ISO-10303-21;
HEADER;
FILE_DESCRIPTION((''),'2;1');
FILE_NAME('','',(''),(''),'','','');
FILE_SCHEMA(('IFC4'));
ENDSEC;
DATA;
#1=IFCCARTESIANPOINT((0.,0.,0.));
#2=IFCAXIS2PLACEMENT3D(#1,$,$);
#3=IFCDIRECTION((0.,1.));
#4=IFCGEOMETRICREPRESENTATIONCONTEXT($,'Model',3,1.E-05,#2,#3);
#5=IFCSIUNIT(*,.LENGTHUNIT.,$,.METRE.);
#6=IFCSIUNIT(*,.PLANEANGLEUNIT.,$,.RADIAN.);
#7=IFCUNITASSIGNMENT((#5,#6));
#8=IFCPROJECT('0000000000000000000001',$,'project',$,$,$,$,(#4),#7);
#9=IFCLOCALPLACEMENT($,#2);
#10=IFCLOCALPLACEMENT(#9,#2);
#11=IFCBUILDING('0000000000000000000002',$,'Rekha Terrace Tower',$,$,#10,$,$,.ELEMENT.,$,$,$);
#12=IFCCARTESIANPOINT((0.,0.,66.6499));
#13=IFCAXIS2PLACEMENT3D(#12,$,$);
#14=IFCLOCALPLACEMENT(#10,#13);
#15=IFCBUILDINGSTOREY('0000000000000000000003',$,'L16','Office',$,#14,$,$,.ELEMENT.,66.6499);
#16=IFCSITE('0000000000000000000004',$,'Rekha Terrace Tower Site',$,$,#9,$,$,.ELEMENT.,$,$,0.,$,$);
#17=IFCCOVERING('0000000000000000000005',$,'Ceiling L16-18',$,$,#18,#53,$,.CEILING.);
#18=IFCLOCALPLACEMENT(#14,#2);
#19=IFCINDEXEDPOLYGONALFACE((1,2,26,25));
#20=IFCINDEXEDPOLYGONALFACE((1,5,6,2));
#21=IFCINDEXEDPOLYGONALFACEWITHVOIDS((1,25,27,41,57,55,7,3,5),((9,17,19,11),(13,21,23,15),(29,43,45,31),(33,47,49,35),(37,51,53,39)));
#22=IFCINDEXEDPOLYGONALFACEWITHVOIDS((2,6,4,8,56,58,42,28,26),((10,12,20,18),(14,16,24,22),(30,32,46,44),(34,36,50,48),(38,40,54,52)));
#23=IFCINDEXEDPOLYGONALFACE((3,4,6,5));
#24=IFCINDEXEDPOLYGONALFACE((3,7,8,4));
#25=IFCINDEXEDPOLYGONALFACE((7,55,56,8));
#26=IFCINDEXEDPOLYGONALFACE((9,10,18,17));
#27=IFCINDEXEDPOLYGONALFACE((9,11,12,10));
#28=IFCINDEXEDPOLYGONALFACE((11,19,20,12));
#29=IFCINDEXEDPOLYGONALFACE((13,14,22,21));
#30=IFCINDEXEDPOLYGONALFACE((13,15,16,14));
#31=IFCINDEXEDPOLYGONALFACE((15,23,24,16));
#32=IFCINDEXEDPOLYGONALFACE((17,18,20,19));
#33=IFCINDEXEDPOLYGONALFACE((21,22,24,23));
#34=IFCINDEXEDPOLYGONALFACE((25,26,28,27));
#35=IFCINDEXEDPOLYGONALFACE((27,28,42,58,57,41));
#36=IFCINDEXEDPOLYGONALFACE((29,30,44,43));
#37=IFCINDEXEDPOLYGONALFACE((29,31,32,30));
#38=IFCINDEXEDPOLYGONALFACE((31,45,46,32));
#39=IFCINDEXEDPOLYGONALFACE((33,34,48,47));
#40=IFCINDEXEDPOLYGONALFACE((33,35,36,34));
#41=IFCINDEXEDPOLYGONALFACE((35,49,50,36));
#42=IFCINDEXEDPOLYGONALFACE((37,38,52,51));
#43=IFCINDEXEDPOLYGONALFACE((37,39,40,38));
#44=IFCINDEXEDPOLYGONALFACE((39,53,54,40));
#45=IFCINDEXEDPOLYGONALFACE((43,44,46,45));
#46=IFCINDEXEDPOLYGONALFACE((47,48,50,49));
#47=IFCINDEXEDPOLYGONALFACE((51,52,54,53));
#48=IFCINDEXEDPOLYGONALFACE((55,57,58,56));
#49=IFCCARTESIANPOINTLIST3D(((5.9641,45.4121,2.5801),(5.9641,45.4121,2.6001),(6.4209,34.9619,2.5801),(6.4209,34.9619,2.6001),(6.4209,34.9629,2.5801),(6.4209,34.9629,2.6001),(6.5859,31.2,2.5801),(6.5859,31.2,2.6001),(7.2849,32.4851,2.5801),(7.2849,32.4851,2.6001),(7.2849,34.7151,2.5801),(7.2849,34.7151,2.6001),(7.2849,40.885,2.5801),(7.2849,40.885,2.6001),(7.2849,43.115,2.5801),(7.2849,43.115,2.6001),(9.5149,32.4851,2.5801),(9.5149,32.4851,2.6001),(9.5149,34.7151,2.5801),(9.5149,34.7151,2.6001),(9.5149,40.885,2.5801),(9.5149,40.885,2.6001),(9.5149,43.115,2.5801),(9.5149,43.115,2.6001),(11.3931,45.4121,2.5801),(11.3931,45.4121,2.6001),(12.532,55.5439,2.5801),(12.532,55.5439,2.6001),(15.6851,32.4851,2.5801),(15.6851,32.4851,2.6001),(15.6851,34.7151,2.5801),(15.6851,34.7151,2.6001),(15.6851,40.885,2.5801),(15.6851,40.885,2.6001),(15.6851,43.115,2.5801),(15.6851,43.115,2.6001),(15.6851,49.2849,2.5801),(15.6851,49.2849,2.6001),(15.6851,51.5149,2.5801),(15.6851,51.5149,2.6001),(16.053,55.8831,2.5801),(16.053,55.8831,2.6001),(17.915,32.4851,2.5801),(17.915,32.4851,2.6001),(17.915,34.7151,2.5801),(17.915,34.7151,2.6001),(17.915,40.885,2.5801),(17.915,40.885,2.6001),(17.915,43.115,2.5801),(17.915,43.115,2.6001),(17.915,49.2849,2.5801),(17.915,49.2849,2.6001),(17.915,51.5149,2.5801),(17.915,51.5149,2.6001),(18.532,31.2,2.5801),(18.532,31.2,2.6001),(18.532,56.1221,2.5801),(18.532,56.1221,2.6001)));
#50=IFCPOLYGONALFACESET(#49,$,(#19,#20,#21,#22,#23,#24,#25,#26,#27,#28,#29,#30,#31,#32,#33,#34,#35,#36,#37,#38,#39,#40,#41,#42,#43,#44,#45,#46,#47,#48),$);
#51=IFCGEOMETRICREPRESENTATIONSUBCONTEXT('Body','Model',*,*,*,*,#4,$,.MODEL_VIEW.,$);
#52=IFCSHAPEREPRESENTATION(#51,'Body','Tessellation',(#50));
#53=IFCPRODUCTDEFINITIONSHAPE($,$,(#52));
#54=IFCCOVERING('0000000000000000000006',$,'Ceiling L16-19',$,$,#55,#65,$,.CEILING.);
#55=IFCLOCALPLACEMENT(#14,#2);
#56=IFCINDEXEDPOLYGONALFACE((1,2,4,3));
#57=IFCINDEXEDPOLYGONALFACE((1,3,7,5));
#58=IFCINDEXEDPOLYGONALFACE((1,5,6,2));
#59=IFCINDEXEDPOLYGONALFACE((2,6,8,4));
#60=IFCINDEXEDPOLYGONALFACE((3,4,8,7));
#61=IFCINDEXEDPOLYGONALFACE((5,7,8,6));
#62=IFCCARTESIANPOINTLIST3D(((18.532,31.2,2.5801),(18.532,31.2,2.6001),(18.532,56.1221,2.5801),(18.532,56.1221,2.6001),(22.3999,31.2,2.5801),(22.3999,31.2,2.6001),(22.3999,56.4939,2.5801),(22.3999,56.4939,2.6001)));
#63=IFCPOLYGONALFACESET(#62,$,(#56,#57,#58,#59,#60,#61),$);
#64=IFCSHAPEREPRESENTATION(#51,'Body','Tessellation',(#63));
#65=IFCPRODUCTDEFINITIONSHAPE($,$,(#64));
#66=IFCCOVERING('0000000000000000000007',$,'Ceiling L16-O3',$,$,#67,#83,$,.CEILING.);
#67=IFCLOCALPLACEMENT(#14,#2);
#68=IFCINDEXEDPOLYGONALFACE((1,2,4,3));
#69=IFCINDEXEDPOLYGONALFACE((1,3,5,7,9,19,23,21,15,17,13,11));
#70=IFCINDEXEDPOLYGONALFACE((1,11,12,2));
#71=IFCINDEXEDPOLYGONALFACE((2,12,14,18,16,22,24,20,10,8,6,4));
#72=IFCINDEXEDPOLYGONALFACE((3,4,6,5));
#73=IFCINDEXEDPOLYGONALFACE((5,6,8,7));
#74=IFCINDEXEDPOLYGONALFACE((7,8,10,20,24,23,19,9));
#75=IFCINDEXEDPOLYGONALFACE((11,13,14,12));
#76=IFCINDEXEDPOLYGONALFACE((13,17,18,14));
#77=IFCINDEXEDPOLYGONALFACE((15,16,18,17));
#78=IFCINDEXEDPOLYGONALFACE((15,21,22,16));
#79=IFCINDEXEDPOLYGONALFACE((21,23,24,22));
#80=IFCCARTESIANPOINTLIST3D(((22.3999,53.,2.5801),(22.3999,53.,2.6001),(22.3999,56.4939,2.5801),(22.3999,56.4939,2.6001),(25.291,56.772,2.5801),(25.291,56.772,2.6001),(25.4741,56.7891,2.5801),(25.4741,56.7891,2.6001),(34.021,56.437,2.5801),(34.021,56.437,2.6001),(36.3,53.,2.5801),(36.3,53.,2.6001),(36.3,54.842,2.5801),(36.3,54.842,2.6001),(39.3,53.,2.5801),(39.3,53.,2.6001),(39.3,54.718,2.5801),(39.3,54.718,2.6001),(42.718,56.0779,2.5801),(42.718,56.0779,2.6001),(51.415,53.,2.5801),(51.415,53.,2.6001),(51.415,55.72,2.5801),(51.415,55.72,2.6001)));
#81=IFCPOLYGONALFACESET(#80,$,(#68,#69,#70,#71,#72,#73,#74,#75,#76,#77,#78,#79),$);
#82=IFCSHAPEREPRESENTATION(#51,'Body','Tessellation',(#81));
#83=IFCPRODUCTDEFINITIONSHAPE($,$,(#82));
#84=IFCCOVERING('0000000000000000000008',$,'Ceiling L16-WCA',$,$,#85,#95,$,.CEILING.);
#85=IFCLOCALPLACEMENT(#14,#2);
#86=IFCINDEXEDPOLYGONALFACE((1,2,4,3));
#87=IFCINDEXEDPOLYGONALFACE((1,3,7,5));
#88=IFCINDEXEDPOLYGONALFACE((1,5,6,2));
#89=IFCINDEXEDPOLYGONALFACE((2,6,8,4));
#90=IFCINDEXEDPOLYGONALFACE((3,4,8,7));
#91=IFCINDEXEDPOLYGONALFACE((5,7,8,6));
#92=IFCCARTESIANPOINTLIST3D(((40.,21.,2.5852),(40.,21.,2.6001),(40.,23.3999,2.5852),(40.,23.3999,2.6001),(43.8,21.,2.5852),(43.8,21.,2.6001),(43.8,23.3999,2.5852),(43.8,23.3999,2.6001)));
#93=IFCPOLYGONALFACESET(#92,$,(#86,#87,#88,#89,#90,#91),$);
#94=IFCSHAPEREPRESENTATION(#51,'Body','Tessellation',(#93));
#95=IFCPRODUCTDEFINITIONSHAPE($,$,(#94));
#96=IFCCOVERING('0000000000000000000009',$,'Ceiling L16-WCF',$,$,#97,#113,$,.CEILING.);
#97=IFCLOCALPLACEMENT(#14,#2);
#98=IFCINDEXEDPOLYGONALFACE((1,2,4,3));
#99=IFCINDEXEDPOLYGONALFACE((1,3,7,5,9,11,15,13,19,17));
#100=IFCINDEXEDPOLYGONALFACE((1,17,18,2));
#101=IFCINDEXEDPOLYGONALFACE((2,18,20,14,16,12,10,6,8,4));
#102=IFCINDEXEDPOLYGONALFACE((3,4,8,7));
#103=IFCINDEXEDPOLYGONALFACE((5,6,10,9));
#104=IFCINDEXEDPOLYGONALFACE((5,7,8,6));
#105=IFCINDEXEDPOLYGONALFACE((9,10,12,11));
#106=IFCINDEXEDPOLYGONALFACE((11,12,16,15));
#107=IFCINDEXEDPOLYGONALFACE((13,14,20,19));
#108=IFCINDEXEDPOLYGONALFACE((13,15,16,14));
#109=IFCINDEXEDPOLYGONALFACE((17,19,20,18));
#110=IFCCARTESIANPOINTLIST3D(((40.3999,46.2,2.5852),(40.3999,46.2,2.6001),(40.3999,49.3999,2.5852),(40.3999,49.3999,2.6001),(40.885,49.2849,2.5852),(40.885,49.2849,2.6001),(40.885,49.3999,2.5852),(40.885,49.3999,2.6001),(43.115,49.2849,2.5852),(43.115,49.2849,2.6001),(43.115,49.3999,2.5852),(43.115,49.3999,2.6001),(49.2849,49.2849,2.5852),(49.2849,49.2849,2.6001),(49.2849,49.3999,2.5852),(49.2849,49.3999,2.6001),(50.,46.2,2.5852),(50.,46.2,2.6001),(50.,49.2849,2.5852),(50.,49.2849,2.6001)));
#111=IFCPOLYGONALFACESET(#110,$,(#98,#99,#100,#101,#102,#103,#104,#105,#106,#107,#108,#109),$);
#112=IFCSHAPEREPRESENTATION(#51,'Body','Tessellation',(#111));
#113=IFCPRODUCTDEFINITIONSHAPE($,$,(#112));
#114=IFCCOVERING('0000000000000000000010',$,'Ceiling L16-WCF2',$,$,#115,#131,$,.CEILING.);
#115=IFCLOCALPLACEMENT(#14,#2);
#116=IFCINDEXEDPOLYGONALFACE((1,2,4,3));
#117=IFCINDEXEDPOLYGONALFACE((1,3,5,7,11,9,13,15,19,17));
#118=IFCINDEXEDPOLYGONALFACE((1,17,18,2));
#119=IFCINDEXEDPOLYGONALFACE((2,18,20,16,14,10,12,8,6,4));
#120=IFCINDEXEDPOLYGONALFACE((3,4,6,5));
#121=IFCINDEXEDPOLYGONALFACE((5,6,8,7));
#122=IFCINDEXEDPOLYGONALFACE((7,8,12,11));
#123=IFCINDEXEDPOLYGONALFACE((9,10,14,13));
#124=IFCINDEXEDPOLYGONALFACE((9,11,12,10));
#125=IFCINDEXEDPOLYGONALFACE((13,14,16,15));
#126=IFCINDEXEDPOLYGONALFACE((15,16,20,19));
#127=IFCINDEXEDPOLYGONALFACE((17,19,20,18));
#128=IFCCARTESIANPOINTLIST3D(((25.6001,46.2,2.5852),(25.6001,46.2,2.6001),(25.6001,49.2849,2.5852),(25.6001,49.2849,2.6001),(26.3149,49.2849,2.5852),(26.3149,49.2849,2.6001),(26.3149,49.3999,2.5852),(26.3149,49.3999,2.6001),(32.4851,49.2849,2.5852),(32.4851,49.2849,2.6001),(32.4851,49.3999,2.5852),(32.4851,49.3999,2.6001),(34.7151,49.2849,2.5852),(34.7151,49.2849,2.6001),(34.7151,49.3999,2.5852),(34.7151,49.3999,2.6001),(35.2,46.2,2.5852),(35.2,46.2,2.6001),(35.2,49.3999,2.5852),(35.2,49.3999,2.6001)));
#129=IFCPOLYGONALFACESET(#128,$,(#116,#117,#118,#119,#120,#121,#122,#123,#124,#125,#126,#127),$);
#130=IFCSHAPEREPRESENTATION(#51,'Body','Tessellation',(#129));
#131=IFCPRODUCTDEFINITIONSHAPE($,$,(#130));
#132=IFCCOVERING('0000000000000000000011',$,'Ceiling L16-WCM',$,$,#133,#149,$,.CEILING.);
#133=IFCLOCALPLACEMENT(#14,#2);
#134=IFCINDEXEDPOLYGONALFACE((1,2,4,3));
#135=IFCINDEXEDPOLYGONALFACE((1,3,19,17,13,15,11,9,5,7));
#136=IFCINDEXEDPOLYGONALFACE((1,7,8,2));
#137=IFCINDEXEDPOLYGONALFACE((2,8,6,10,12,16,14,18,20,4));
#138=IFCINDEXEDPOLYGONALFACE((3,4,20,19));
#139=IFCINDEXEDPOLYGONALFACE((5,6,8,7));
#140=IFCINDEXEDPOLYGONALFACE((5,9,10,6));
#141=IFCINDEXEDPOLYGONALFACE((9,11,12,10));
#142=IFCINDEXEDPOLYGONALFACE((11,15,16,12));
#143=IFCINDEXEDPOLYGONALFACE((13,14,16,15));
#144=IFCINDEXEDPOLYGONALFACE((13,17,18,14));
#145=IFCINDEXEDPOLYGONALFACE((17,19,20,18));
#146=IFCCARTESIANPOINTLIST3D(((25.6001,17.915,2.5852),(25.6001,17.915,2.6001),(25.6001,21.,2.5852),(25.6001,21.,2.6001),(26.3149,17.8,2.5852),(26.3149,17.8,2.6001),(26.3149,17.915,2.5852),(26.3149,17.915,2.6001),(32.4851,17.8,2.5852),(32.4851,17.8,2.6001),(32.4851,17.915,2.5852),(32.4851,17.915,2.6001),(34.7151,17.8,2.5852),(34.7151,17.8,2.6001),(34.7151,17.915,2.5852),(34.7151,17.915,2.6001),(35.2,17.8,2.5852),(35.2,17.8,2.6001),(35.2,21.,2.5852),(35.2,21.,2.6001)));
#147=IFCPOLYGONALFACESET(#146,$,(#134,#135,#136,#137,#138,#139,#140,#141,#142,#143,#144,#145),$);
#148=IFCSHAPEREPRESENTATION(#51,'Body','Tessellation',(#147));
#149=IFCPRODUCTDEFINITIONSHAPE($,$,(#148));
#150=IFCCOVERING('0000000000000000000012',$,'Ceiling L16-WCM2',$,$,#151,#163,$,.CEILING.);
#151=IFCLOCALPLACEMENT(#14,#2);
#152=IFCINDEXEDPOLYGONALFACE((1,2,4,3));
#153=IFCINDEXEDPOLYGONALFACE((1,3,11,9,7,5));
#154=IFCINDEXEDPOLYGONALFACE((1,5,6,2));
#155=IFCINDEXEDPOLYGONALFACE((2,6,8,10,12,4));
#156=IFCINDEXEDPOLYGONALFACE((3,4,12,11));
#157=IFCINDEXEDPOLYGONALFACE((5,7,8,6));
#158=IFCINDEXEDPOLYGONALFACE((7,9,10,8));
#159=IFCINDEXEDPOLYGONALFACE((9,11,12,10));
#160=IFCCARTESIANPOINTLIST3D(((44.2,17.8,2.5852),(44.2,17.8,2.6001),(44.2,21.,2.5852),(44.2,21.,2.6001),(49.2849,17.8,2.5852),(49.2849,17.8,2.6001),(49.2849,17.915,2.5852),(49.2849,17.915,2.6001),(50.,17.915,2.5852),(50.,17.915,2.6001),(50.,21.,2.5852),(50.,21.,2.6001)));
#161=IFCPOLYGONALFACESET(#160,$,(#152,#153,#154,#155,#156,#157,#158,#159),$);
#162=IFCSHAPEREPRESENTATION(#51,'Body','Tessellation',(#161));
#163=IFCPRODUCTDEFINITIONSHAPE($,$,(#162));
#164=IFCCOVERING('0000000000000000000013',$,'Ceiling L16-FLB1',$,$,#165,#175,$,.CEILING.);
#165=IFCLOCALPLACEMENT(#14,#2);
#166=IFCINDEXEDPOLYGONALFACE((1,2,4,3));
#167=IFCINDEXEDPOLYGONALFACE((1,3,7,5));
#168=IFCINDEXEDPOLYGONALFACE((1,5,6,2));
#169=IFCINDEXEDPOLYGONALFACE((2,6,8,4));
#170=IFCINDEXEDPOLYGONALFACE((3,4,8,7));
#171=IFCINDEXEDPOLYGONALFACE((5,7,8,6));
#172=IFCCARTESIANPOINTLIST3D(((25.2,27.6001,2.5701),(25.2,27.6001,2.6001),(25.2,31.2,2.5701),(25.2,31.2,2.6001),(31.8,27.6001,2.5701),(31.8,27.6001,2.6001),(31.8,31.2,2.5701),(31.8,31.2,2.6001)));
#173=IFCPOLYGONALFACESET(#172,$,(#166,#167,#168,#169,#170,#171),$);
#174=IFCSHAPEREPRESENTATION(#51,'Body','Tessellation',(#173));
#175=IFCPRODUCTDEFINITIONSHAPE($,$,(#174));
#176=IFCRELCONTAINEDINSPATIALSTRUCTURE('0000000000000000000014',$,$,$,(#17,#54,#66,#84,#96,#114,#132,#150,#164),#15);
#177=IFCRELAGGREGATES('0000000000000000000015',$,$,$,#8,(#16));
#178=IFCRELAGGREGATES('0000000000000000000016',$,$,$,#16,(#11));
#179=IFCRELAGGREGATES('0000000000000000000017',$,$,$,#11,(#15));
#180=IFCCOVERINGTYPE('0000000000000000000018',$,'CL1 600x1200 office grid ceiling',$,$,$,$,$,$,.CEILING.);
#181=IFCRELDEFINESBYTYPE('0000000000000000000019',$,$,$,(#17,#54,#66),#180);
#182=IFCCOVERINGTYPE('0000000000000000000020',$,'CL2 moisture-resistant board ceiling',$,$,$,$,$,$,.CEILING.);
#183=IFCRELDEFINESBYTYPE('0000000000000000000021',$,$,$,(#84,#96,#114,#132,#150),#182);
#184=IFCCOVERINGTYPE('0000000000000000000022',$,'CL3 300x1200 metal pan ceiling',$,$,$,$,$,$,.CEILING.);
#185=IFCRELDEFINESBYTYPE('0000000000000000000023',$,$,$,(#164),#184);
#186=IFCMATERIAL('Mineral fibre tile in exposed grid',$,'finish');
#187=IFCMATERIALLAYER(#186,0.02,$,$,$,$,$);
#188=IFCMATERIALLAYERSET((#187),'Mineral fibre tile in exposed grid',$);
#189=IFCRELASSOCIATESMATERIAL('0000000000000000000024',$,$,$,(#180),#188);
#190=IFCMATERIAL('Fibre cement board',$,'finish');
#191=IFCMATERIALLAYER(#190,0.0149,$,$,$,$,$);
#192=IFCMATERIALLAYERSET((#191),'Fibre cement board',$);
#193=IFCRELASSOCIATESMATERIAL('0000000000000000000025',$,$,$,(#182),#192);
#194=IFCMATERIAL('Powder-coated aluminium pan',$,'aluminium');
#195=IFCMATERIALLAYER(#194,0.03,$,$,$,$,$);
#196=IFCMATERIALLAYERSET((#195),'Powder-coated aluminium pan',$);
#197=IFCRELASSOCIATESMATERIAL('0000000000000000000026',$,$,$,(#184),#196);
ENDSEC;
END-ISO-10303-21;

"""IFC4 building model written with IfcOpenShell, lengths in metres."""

from ifc_helpers import new_model, si_unit, direction, frame, origin, place, context, subcontext, project, spatial, polyline, outline, extrude, material, layer, layer_set, type_object, element, save


model = new_model("IFC4")

# Units and contexts
model_context = context("Model", 3, precision=1e-05, world=origin(), true_north=direction((0.0, 1.0)))
body_context = subcontext(model_context, "Body", "Model", "MODEL_VIEW")
ifc_project = project(units=[si_unit("LENGTHUNIT", "METRE"), si_unit("PLANEANGLEUNIT", "RADIAN")], contexts=[model_context])

# Site, building, storey
site_placement = place(None, origin())
site = spatial("IfcSite", under=ifc_project, at=site_placement, Name="Rekha Terrace Tower Site", CompositionType="ELEMENT", RefElevation=0.0)
building_placement = place(site_placement, origin())
building = spatial("IfcBuilding", under=site, at=building_placement, Name="Rekha Terrace Tower", CompositionType="ELEMENT")
storey_placement = place(building_placement, frame((0.0, 0.0, 66.6499)))
storey = spatial("IfcBuildingStorey", under=building, at=storey_placement, Name="L16", Description="Office", CompositionType="ELEMENT", Elevation=66.6499)

# Coverings
ifc_material_1 = material(Name="Mineral fibre tile in exposed grid", Category="finish")
ifc_layer_1 = layer(ifc_material_1, 0.02)
ifc_layer_set_1 = layer_set([ifc_layer_1], Name="Mineral fibre tile in exposed grid")
covering_type_1 = type_object("IfcCoveringType", Name="CL1 600x1200 office grid ceiling", PredefinedType="CEILING", material=ifc_layer_set_1)
covering_1_placement = place(storey_placement, frame((0.0, 0.0, 2.5801)))
element("IfcCovering", 1, at=covering_1_placement, inside=storey, type_object=covering_type_1, Name="Ceiling L16-18", PredefinedType="CEILING", context=body_context, shape_type="SweptSolid", body=[
    extrude(outline(polyline([(11.3931, 45.4121), (5.9641, 45.4121), (6.4209, 34.9629), (6.4209, 34.9619), (6.5859, 31.2), (18.532, 31.2), (18.532, 56.1221), (16.053, 55.8831), (12.532, 55.5439), (11.3931, 45.4121)]), holes=[polyline([(17.915, 32.4851), (15.6851, 32.4851), (15.6851, 34.7151), (17.915, 34.7151), (17.915, 32.4851)]), polyline([(17.915, 40.885), (15.6851, 40.885), (15.6851, 43.115), (17.915, 43.115), (17.915, 40.885)]), polyline([(17.915, 49.2849), (15.6851, 49.2849), (15.6851, 51.5149), (17.915, 51.5149), (17.915, 49.2849)]), polyline([(9.5149, 32.4851), (7.2849, 32.4851), (7.2849, 34.7151), (9.5149, 34.7151), (9.5149, 32.4851)]), polyline([(9.5149, 40.885), (7.2849, 40.885), (7.2849, 43.115), (9.5149, 43.115), (9.5149, 40.885)])]), origin(), (0.0, 0.0, 1.0), 0.02),
])
covering_2_placement = place(storey_placement, frame((0.0, 0.0, 2.5801)))
element("IfcCovering", 2, at=covering_2_placement, inside=storey, type_object=covering_type_1, Name="Ceiling L16-19", PredefinedType="CEILING", context=body_context, shape_type="SweptSolid", body=[
    extrude(outline(polyline([(18.532, 31.2), (22.3999, 31.2), (22.3999, 56.4939), (18.532, 56.1221), (18.532, 31.2)])), origin(), (0.0, 0.0, 1.0), 0.02),
])
covering_3_placement = place(storey_placement, frame((0.0, 0.0, 2.5801)))
element("IfcCovering", 3, at=covering_3_placement, inside=storey, type_object=covering_type_1, Name="Ceiling L16-O3", PredefinedType="CEILING", context=body_context, shape_type="SweptSolid", body=[
    extrude(outline(polyline([(25.4741, 56.7891), (25.291, 56.772), (22.3999, 56.4939), (22.3999, 53.0), (36.3, 53.0), (36.3, 54.842), (39.3, 54.718), (39.3, 53.0), (51.415, 53.0), (51.415, 55.72), (42.718, 56.0779), (34.021, 56.437), (25.4741, 56.7891)])), origin(), (0.0, 0.0, 1.0), 0.02),
])
ifc_material_2 = material(Name="Fibre cement board", Category="finish")
ifc_layer_2 = layer(ifc_material_2, 0.0149)
ifc_layer_set_2 = layer_set([ifc_layer_2], Name="Fibre cement board")
covering_type_2 = type_object("IfcCoveringType", Name="CL2 moisture-resistant board ceiling", PredefinedType="CEILING", material=ifc_layer_set_2)
covering_4_placement = place(storey_placement, frame((0.0, 0.0, 2.5852)))
element("IfcCovering", 4, at=covering_4_placement, inside=storey, type_object=covering_type_2, Name="Ceiling L16-WCA", PredefinedType="CEILING", context=body_context, shape_type="SweptSolid", body=[
    extrude(outline(polyline([(43.8, 23.3999), (40.0, 23.3999), (40.0, 21.0), (43.8, 21.0), (43.8, 23.3999)])), origin(), (0.0, 0.0, 1.0), 0.0149),
])
covering_5_placement = place(storey_placement, frame((0.0, 0.0, 2.5852)))
element("IfcCovering", 5, at=covering_5_placement, inside=storey, type_object=covering_type_2, Name="Ceiling L16-WCF", PredefinedType="CEILING", context=body_context, shape_type="SweptSolid", body=[
    extrude(outline(polyline([(40.885, 49.3999), (40.3999, 49.3999), (40.3999, 46.2), (50.0, 46.2), (50.0, 49.2849), (49.2849, 49.2849), (49.2849, 49.3999), (43.115, 49.3999), (43.115, 49.2849), (40.885, 49.2849), (40.885, 49.3999)])), origin(), (0.0, 0.0, 1.0), 0.0149),
])
covering_6_placement = place(storey_placement, frame((0.0, 0.0, 2.5852)))
element("IfcCovering", 6, at=covering_6_placement, inside=storey, type_object=covering_type_2, Name="Ceiling L16-WCF2", PredefinedType="CEILING", context=body_context, shape_type="SweptSolid", body=[
    extrude(outline(polyline([(26.3149, 49.2849), (25.6001, 49.2849), (25.6001, 46.2), (35.2, 46.2), (35.2, 49.3999), (34.7151, 49.3999), (34.7151, 49.2849), (32.4851, 49.2849), (32.4851, 49.3999), (26.3149, 49.3999), (26.3149, 49.2849)])), origin(), (0.0, 0.0, 1.0), 0.0149),
])
covering_7_placement = place(storey_placement, frame((0.0, 0.0, 2.5852)))
element("IfcCovering", 7, at=covering_7_placement, inside=storey, type_object=covering_type_2, Name="Ceiling L16-WCM", PredefinedType="CEILING", context=body_context, shape_type="SweptSolid", body=[
    extrude(outline(polyline([(35.2, 21.0), (25.6001, 21.0), (25.6001, 17.915), (26.3149, 17.915), (26.3149, 17.8), (32.4851, 17.8), (32.4851, 17.915), (34.7151, 17.915), (34.7151, 17.8), (35.2, 17.8), (35.2, 21.0)])), origin(), (0.0, 0.0, 1.0), 0.0149),
])
covering_8_placement = place(storey_placement, frame((0.0, 0.0, 2.5852)))
element("IfcCovering", 8, at=covering_8_placement, inside=storey, type_object=covering_type_2, Name="Ceiling L16-WCM2", PredefinedType="CEILING", context=body_context, shape_type="SweptSolid", body=[
    extrude(outline(polyline([(50.0, 21.0), (44.2, 21.0), (44.2, 17.8), (49.2849, 17.8), (49.2849, 17.915), (50.0, 17.915), (50.0, 21.0)])), origin(), (0.0, 0.0, 1.0), 0.0149),
])
ifc_material_3 = material(Name="Powder-coated aluminium pan", Category="aluminium")
ifc_layer_3 = layer(ifc_material_3, 0.03)
ifc_layer_set_3 = layer_set([ifc_layer_3], Name="Powder-coated aluminium pan")
covering_type_3 = type_object("IfcCoveringType", Name="CL3 300x1200 metal pan ceiling", PredefinedType="CEILING", material=ifc_layer_set_3)
covering_9_placement = place(storey_placement, frame((0.0, 0.0, 2.5701)))
element("IfcCovering", 9, at=covering_9_placement, inside=storey, type_object=covering_type_3, Name="Ceiling L16-FLB1", PredefinedType="CEILING", context=body_context, shape_type="SweptSolid", body=[
    extrude(outline(polyline([(31.8, 31.2), (25.2, 31.2), (25.2, 27.6001), (31.8, 27.6001), (31.8, 31.2)])), origin(), (0.0, 0.0, 1.0), 0.03),
])

save(model, "model.ifc")
